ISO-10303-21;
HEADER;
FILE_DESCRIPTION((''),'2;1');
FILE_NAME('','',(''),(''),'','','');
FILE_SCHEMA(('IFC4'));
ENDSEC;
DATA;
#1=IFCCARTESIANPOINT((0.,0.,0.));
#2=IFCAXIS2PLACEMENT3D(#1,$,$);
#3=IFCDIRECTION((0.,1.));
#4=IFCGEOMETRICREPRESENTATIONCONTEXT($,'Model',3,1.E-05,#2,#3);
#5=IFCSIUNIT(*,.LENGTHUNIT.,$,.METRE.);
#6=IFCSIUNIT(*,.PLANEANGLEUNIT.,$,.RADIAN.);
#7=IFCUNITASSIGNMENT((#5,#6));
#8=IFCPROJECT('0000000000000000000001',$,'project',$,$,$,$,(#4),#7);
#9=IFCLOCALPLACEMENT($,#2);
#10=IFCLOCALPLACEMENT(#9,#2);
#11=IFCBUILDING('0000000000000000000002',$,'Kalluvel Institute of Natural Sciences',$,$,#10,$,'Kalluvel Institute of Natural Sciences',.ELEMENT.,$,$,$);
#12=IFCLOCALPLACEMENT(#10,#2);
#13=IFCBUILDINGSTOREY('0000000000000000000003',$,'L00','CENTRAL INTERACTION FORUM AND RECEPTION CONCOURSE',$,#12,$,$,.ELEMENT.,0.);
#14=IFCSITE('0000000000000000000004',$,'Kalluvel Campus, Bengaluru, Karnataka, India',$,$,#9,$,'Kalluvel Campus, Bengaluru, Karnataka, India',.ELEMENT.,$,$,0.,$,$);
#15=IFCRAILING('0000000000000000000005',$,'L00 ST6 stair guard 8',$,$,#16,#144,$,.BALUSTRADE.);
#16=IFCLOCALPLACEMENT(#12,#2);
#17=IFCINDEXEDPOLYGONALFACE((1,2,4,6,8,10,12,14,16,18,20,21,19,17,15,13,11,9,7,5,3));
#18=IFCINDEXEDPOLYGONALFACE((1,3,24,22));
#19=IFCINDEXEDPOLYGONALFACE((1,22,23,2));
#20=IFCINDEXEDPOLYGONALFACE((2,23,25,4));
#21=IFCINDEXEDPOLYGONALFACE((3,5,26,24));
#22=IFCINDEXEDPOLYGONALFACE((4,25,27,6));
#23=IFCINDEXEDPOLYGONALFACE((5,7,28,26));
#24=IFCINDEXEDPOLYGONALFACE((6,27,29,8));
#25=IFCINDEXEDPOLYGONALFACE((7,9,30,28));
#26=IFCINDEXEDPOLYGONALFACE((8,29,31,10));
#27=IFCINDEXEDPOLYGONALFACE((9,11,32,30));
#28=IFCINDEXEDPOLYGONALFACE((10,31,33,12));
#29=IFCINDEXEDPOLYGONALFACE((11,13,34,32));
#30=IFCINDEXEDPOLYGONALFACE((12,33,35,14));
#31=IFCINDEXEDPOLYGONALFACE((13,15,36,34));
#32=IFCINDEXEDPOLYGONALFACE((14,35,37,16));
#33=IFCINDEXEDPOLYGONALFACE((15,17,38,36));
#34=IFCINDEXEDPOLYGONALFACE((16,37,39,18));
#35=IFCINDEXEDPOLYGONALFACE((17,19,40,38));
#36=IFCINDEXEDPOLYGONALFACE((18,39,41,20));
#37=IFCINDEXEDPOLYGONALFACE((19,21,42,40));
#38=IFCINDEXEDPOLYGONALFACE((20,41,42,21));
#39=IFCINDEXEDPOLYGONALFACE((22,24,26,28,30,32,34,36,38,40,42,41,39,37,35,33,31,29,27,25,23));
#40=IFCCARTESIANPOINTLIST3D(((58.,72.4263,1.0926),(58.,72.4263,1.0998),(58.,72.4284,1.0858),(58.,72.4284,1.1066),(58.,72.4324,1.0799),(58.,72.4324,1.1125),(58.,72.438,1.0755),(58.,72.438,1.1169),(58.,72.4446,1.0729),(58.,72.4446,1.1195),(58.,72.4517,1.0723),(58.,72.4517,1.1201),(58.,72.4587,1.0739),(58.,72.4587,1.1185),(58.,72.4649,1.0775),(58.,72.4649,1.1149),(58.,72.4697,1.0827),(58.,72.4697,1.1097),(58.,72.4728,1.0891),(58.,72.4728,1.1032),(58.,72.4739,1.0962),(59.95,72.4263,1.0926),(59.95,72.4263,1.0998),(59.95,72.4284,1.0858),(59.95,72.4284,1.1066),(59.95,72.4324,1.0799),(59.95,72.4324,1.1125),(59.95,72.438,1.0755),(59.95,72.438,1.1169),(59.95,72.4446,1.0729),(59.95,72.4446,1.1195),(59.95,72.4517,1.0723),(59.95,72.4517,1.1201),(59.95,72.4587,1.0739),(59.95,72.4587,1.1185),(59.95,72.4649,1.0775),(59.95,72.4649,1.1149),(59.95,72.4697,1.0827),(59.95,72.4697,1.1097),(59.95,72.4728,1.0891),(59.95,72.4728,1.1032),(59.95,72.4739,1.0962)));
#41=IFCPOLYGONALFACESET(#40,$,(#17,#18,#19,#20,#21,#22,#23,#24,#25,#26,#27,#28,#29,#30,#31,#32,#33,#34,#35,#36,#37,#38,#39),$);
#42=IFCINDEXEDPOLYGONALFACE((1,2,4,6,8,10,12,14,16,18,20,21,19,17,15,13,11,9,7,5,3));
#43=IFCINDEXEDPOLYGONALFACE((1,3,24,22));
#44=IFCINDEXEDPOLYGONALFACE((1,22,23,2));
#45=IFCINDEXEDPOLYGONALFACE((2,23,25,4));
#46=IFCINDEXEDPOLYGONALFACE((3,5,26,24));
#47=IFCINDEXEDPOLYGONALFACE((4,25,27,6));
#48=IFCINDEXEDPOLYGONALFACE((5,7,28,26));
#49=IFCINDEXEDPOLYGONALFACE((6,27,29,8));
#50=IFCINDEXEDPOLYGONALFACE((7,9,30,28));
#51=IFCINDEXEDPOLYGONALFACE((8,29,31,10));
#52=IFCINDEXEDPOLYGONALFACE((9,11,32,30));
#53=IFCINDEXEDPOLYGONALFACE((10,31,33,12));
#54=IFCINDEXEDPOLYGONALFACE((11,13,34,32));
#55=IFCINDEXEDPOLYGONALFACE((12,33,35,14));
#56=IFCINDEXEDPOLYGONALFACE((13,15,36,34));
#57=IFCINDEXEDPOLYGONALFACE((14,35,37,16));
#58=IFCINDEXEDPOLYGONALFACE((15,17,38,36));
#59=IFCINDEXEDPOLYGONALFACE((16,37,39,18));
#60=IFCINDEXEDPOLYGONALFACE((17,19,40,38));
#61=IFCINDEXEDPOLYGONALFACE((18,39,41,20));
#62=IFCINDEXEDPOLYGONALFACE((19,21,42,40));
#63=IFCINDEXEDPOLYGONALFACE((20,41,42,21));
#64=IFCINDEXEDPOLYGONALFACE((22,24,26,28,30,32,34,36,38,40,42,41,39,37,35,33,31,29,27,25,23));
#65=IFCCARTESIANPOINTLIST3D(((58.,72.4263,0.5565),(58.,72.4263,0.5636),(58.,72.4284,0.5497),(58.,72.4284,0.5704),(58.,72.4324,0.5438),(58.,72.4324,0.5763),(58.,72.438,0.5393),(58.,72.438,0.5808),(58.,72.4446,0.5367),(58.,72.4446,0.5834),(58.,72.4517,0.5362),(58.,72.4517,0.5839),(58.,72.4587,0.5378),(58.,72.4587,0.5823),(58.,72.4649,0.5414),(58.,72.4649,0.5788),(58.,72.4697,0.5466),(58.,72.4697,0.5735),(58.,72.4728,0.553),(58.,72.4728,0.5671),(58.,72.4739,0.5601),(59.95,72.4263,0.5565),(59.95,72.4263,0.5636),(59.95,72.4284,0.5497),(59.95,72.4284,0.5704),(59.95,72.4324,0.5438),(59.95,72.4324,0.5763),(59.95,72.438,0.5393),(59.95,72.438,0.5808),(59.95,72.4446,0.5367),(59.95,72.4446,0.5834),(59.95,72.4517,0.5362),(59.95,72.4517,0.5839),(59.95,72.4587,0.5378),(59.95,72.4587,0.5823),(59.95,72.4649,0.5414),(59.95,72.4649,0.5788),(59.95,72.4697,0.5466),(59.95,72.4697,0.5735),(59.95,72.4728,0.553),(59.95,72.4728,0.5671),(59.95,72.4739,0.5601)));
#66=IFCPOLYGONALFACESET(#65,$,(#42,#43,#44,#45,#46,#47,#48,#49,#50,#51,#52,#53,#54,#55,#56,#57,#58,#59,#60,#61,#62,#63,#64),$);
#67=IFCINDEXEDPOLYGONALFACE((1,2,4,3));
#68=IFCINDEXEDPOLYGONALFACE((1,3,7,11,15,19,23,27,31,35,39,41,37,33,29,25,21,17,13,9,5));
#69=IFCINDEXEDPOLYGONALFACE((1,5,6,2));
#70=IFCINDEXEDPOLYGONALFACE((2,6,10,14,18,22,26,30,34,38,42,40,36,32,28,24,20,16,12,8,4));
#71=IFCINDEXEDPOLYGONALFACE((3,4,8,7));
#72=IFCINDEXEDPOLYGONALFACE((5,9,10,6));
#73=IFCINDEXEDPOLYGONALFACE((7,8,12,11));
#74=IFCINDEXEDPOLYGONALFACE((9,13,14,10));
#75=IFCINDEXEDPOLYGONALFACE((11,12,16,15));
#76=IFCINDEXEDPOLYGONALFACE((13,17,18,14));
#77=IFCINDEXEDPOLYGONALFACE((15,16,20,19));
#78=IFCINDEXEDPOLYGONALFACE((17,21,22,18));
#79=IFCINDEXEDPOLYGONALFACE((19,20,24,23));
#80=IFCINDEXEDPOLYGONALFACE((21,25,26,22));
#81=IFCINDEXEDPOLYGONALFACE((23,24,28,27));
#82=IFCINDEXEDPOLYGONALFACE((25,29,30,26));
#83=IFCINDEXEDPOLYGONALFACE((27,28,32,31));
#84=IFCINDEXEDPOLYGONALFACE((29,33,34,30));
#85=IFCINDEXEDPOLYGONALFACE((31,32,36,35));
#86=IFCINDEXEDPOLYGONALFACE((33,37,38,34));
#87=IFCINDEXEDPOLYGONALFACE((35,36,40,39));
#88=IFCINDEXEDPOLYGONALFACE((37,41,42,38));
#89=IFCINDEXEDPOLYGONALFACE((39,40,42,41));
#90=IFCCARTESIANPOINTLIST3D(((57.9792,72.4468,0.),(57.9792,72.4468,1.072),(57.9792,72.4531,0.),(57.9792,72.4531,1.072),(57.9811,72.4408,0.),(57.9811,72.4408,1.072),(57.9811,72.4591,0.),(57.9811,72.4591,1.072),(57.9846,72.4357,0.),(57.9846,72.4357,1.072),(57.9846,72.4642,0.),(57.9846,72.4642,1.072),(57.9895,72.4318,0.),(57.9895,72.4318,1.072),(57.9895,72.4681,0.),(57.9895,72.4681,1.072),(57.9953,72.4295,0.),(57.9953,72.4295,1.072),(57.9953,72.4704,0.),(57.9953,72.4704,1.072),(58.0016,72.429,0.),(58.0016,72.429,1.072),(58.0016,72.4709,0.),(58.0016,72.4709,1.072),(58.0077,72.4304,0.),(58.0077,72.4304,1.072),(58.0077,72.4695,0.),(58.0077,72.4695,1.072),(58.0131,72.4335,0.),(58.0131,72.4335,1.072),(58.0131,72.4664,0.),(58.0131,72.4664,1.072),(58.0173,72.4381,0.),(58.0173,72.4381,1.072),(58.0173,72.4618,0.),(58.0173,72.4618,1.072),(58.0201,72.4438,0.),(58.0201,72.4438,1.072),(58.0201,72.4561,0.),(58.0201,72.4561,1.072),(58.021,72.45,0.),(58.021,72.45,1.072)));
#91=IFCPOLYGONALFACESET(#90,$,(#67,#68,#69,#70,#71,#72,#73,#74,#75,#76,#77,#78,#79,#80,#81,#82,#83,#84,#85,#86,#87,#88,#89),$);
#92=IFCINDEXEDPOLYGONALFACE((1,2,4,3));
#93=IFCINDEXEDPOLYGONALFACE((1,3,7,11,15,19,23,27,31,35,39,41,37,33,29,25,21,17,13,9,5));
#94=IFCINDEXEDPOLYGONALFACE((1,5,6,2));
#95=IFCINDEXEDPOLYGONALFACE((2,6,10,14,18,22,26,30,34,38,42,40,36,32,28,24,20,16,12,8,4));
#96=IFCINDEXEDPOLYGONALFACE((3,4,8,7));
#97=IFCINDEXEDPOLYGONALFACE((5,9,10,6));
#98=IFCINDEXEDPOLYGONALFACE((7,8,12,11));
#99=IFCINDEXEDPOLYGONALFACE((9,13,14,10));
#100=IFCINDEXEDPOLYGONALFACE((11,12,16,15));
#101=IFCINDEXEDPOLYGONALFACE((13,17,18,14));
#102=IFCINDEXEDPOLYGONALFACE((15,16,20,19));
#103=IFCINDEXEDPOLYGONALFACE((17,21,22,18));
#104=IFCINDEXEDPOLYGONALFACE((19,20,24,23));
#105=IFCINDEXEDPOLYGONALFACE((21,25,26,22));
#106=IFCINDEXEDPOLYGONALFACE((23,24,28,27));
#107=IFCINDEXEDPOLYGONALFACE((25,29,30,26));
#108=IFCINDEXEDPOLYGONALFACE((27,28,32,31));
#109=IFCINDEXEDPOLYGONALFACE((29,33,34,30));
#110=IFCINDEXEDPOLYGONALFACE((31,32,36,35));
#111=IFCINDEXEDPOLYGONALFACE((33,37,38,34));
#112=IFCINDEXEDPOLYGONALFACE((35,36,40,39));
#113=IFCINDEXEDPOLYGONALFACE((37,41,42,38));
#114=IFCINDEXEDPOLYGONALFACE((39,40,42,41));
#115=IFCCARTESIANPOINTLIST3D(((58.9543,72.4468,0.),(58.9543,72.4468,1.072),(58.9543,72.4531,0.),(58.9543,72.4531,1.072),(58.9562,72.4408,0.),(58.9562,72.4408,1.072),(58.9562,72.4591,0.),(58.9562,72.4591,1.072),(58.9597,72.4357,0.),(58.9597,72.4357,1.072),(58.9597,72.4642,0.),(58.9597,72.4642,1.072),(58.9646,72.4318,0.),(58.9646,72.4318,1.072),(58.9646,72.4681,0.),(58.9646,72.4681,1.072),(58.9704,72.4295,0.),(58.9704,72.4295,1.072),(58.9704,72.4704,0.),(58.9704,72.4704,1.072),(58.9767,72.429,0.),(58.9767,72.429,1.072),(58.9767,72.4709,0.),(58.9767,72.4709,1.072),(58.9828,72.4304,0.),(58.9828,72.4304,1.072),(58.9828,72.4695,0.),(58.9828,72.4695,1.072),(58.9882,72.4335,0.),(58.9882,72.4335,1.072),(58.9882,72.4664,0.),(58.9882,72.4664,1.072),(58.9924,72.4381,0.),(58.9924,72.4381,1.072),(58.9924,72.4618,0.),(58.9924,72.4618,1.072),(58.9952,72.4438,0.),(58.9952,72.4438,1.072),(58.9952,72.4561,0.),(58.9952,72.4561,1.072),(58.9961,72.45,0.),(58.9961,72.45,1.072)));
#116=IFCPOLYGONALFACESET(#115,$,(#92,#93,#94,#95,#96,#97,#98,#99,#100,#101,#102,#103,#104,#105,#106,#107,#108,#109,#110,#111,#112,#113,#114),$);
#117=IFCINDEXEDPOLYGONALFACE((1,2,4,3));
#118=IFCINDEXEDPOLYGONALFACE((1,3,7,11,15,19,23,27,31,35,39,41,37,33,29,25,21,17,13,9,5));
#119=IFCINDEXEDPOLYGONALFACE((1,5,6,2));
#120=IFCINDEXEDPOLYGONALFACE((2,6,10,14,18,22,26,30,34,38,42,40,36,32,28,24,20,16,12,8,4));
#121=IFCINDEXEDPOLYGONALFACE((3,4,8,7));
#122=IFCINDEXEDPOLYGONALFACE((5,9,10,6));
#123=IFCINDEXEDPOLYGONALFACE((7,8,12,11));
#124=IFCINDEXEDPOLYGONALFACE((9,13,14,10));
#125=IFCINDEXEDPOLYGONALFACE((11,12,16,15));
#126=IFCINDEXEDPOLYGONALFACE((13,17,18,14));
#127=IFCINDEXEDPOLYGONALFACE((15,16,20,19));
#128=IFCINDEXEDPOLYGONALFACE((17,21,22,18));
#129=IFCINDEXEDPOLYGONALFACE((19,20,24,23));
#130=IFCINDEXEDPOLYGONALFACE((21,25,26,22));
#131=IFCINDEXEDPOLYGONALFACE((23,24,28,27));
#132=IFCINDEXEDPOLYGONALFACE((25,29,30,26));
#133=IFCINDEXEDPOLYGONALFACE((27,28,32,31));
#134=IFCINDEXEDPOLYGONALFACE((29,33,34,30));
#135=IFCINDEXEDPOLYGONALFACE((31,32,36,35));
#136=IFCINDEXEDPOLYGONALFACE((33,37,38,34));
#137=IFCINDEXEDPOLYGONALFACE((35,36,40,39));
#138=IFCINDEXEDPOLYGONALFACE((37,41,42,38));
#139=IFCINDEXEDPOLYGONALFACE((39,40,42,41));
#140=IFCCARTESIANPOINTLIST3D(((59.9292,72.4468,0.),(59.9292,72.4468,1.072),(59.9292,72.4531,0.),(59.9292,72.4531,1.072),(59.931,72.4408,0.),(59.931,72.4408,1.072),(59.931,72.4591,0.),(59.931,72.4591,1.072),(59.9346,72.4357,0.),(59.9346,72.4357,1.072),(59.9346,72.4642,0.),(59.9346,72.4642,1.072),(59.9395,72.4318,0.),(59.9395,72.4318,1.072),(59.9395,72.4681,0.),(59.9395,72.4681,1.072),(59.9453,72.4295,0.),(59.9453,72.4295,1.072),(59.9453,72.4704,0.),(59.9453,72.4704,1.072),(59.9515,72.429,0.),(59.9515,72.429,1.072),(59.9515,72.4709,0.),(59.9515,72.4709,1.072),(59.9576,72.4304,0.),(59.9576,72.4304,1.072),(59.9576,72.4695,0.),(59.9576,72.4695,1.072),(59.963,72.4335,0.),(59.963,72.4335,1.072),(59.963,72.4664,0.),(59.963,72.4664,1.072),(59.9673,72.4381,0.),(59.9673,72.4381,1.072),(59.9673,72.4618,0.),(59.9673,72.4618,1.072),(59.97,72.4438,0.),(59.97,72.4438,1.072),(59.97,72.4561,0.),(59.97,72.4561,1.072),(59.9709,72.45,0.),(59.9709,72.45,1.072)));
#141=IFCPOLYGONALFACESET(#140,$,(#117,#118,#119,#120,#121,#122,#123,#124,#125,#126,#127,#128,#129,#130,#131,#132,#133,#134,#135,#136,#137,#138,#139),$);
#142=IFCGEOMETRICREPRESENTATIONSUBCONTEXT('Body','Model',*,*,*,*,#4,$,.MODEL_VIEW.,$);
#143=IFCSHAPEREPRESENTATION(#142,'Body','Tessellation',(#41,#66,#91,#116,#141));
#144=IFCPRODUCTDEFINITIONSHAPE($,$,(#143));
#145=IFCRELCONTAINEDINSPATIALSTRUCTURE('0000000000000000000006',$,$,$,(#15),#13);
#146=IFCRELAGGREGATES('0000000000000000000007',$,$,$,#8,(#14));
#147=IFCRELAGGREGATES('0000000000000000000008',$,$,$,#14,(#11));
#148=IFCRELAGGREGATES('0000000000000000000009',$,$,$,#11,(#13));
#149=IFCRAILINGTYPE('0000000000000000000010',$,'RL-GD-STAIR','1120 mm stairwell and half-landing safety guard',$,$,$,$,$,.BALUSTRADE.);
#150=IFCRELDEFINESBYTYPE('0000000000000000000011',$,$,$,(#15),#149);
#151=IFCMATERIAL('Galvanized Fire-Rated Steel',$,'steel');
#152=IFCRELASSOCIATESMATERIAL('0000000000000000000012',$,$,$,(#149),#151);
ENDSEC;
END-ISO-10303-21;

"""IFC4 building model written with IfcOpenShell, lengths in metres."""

from ifc_helpers import new_model, si_unit, direction, frame, origin, origin_2d, place, context, subcontext, project, spatial, circle, extrude, material, type_object, element, save


model = new_model("IFC4")

# Units and contexts
model_context = context("Model", 3, precision=1e-05, world=origin(), true_north=direction((0.0, 1.0)))
body_context = subcontext(model_context, "Body", "Model", "MODEL_VIEW")
ifc_project = project(units=[si_unit("LENGTHUNIT", "METRE"), si_unit("PLANEANGLEUNIT", "RADIAN")], contexts=[model_context])

# Site, building, storey
site_placement = place(None, origin())
site = spatial("IfcSite", under=ifc_project, at=site_placement, Name="Kalluvel Campus, Bengaluru, Karnataka, India", LongName="Kalluvel Campus, Bengaluru, Karnataka, India", CompositionType="ELEMENT", RefElevation=0.0)
building_placement = place(site_placement, origin())
building = spatial("IfcBuilding", under=site, at=building_placement, Name="Kalluvel Institute of Natural Sciences", LongName="Kalluvel Institute of Natural Sciences", CompositionType="ELEMENT")
storey_placement = place(building_placement, origin())
storey = spatial("IfcBuildingStorey", under=building, at=storey_placement, Name="L00", Description="CENTRAL INTERACTION FORUM AND RECEPTION CONCOURSE", CompositionType="ELEMENT", Elevation=0.0)

# Railing
ifc_material_1 = material(Name="Galvanized Fire-Rated Steel", Category="steel")
railing_type_1 = type_object("IfcRailingType", Name="RL-GD-STAIR", Description="1120 mm stairwell and half-landing safety guard", PredefinedType="BALUSTRADE", material=ifc_material_1)
for number, where, name in (
    (1, (58.0, 72.45, 0.0), "L00 ST6 stair guard 8"),
):
    element("IfcRailing", number, at=place(storey_placement, frame(where)), inside=storey, type_object=railing_type_1, Name=name, PredefinedType="BALUSTRADE", context=body_context, shape_type="SweptSolid", body=[
        extrude(circle(Radius=0.0239, at=origin_2d()), frame((0.0, 0.0, 1.0962), z_axis=(1.0, 0.0, 0.0), x_axis=(0.0, 1.0, 0.0)), (0.0, 0.0, 1.0), 1.95),
        extrude(circle(Radius=0.0239, at=origin_2d()), frame((0.0, 0.0, 0.5601), z_axis=(1.0, 0.0, 0.0), x_axis=(0.0, 1.0, 0.0)), (0.0, 0.0, 1.0), 1.95),
        extrude(circle(Radius=0.021, at=origin_2d()), origin(), (0.0, 0.0, 1.0), 1.072),
        extrude(circle(Radius=0.021, at=origin_2d()), frame((0.9751, 0.0, 0.0)), (0.0, 0.0, 1.0), 1.072),
        extrude(circle(Radius=0.021, at=origin_2d()), frame((1.95, 0.0, 0.0)), (0.0, 0.0, 1.0), 1.072),
    ])

save(model, "model.ifc")
